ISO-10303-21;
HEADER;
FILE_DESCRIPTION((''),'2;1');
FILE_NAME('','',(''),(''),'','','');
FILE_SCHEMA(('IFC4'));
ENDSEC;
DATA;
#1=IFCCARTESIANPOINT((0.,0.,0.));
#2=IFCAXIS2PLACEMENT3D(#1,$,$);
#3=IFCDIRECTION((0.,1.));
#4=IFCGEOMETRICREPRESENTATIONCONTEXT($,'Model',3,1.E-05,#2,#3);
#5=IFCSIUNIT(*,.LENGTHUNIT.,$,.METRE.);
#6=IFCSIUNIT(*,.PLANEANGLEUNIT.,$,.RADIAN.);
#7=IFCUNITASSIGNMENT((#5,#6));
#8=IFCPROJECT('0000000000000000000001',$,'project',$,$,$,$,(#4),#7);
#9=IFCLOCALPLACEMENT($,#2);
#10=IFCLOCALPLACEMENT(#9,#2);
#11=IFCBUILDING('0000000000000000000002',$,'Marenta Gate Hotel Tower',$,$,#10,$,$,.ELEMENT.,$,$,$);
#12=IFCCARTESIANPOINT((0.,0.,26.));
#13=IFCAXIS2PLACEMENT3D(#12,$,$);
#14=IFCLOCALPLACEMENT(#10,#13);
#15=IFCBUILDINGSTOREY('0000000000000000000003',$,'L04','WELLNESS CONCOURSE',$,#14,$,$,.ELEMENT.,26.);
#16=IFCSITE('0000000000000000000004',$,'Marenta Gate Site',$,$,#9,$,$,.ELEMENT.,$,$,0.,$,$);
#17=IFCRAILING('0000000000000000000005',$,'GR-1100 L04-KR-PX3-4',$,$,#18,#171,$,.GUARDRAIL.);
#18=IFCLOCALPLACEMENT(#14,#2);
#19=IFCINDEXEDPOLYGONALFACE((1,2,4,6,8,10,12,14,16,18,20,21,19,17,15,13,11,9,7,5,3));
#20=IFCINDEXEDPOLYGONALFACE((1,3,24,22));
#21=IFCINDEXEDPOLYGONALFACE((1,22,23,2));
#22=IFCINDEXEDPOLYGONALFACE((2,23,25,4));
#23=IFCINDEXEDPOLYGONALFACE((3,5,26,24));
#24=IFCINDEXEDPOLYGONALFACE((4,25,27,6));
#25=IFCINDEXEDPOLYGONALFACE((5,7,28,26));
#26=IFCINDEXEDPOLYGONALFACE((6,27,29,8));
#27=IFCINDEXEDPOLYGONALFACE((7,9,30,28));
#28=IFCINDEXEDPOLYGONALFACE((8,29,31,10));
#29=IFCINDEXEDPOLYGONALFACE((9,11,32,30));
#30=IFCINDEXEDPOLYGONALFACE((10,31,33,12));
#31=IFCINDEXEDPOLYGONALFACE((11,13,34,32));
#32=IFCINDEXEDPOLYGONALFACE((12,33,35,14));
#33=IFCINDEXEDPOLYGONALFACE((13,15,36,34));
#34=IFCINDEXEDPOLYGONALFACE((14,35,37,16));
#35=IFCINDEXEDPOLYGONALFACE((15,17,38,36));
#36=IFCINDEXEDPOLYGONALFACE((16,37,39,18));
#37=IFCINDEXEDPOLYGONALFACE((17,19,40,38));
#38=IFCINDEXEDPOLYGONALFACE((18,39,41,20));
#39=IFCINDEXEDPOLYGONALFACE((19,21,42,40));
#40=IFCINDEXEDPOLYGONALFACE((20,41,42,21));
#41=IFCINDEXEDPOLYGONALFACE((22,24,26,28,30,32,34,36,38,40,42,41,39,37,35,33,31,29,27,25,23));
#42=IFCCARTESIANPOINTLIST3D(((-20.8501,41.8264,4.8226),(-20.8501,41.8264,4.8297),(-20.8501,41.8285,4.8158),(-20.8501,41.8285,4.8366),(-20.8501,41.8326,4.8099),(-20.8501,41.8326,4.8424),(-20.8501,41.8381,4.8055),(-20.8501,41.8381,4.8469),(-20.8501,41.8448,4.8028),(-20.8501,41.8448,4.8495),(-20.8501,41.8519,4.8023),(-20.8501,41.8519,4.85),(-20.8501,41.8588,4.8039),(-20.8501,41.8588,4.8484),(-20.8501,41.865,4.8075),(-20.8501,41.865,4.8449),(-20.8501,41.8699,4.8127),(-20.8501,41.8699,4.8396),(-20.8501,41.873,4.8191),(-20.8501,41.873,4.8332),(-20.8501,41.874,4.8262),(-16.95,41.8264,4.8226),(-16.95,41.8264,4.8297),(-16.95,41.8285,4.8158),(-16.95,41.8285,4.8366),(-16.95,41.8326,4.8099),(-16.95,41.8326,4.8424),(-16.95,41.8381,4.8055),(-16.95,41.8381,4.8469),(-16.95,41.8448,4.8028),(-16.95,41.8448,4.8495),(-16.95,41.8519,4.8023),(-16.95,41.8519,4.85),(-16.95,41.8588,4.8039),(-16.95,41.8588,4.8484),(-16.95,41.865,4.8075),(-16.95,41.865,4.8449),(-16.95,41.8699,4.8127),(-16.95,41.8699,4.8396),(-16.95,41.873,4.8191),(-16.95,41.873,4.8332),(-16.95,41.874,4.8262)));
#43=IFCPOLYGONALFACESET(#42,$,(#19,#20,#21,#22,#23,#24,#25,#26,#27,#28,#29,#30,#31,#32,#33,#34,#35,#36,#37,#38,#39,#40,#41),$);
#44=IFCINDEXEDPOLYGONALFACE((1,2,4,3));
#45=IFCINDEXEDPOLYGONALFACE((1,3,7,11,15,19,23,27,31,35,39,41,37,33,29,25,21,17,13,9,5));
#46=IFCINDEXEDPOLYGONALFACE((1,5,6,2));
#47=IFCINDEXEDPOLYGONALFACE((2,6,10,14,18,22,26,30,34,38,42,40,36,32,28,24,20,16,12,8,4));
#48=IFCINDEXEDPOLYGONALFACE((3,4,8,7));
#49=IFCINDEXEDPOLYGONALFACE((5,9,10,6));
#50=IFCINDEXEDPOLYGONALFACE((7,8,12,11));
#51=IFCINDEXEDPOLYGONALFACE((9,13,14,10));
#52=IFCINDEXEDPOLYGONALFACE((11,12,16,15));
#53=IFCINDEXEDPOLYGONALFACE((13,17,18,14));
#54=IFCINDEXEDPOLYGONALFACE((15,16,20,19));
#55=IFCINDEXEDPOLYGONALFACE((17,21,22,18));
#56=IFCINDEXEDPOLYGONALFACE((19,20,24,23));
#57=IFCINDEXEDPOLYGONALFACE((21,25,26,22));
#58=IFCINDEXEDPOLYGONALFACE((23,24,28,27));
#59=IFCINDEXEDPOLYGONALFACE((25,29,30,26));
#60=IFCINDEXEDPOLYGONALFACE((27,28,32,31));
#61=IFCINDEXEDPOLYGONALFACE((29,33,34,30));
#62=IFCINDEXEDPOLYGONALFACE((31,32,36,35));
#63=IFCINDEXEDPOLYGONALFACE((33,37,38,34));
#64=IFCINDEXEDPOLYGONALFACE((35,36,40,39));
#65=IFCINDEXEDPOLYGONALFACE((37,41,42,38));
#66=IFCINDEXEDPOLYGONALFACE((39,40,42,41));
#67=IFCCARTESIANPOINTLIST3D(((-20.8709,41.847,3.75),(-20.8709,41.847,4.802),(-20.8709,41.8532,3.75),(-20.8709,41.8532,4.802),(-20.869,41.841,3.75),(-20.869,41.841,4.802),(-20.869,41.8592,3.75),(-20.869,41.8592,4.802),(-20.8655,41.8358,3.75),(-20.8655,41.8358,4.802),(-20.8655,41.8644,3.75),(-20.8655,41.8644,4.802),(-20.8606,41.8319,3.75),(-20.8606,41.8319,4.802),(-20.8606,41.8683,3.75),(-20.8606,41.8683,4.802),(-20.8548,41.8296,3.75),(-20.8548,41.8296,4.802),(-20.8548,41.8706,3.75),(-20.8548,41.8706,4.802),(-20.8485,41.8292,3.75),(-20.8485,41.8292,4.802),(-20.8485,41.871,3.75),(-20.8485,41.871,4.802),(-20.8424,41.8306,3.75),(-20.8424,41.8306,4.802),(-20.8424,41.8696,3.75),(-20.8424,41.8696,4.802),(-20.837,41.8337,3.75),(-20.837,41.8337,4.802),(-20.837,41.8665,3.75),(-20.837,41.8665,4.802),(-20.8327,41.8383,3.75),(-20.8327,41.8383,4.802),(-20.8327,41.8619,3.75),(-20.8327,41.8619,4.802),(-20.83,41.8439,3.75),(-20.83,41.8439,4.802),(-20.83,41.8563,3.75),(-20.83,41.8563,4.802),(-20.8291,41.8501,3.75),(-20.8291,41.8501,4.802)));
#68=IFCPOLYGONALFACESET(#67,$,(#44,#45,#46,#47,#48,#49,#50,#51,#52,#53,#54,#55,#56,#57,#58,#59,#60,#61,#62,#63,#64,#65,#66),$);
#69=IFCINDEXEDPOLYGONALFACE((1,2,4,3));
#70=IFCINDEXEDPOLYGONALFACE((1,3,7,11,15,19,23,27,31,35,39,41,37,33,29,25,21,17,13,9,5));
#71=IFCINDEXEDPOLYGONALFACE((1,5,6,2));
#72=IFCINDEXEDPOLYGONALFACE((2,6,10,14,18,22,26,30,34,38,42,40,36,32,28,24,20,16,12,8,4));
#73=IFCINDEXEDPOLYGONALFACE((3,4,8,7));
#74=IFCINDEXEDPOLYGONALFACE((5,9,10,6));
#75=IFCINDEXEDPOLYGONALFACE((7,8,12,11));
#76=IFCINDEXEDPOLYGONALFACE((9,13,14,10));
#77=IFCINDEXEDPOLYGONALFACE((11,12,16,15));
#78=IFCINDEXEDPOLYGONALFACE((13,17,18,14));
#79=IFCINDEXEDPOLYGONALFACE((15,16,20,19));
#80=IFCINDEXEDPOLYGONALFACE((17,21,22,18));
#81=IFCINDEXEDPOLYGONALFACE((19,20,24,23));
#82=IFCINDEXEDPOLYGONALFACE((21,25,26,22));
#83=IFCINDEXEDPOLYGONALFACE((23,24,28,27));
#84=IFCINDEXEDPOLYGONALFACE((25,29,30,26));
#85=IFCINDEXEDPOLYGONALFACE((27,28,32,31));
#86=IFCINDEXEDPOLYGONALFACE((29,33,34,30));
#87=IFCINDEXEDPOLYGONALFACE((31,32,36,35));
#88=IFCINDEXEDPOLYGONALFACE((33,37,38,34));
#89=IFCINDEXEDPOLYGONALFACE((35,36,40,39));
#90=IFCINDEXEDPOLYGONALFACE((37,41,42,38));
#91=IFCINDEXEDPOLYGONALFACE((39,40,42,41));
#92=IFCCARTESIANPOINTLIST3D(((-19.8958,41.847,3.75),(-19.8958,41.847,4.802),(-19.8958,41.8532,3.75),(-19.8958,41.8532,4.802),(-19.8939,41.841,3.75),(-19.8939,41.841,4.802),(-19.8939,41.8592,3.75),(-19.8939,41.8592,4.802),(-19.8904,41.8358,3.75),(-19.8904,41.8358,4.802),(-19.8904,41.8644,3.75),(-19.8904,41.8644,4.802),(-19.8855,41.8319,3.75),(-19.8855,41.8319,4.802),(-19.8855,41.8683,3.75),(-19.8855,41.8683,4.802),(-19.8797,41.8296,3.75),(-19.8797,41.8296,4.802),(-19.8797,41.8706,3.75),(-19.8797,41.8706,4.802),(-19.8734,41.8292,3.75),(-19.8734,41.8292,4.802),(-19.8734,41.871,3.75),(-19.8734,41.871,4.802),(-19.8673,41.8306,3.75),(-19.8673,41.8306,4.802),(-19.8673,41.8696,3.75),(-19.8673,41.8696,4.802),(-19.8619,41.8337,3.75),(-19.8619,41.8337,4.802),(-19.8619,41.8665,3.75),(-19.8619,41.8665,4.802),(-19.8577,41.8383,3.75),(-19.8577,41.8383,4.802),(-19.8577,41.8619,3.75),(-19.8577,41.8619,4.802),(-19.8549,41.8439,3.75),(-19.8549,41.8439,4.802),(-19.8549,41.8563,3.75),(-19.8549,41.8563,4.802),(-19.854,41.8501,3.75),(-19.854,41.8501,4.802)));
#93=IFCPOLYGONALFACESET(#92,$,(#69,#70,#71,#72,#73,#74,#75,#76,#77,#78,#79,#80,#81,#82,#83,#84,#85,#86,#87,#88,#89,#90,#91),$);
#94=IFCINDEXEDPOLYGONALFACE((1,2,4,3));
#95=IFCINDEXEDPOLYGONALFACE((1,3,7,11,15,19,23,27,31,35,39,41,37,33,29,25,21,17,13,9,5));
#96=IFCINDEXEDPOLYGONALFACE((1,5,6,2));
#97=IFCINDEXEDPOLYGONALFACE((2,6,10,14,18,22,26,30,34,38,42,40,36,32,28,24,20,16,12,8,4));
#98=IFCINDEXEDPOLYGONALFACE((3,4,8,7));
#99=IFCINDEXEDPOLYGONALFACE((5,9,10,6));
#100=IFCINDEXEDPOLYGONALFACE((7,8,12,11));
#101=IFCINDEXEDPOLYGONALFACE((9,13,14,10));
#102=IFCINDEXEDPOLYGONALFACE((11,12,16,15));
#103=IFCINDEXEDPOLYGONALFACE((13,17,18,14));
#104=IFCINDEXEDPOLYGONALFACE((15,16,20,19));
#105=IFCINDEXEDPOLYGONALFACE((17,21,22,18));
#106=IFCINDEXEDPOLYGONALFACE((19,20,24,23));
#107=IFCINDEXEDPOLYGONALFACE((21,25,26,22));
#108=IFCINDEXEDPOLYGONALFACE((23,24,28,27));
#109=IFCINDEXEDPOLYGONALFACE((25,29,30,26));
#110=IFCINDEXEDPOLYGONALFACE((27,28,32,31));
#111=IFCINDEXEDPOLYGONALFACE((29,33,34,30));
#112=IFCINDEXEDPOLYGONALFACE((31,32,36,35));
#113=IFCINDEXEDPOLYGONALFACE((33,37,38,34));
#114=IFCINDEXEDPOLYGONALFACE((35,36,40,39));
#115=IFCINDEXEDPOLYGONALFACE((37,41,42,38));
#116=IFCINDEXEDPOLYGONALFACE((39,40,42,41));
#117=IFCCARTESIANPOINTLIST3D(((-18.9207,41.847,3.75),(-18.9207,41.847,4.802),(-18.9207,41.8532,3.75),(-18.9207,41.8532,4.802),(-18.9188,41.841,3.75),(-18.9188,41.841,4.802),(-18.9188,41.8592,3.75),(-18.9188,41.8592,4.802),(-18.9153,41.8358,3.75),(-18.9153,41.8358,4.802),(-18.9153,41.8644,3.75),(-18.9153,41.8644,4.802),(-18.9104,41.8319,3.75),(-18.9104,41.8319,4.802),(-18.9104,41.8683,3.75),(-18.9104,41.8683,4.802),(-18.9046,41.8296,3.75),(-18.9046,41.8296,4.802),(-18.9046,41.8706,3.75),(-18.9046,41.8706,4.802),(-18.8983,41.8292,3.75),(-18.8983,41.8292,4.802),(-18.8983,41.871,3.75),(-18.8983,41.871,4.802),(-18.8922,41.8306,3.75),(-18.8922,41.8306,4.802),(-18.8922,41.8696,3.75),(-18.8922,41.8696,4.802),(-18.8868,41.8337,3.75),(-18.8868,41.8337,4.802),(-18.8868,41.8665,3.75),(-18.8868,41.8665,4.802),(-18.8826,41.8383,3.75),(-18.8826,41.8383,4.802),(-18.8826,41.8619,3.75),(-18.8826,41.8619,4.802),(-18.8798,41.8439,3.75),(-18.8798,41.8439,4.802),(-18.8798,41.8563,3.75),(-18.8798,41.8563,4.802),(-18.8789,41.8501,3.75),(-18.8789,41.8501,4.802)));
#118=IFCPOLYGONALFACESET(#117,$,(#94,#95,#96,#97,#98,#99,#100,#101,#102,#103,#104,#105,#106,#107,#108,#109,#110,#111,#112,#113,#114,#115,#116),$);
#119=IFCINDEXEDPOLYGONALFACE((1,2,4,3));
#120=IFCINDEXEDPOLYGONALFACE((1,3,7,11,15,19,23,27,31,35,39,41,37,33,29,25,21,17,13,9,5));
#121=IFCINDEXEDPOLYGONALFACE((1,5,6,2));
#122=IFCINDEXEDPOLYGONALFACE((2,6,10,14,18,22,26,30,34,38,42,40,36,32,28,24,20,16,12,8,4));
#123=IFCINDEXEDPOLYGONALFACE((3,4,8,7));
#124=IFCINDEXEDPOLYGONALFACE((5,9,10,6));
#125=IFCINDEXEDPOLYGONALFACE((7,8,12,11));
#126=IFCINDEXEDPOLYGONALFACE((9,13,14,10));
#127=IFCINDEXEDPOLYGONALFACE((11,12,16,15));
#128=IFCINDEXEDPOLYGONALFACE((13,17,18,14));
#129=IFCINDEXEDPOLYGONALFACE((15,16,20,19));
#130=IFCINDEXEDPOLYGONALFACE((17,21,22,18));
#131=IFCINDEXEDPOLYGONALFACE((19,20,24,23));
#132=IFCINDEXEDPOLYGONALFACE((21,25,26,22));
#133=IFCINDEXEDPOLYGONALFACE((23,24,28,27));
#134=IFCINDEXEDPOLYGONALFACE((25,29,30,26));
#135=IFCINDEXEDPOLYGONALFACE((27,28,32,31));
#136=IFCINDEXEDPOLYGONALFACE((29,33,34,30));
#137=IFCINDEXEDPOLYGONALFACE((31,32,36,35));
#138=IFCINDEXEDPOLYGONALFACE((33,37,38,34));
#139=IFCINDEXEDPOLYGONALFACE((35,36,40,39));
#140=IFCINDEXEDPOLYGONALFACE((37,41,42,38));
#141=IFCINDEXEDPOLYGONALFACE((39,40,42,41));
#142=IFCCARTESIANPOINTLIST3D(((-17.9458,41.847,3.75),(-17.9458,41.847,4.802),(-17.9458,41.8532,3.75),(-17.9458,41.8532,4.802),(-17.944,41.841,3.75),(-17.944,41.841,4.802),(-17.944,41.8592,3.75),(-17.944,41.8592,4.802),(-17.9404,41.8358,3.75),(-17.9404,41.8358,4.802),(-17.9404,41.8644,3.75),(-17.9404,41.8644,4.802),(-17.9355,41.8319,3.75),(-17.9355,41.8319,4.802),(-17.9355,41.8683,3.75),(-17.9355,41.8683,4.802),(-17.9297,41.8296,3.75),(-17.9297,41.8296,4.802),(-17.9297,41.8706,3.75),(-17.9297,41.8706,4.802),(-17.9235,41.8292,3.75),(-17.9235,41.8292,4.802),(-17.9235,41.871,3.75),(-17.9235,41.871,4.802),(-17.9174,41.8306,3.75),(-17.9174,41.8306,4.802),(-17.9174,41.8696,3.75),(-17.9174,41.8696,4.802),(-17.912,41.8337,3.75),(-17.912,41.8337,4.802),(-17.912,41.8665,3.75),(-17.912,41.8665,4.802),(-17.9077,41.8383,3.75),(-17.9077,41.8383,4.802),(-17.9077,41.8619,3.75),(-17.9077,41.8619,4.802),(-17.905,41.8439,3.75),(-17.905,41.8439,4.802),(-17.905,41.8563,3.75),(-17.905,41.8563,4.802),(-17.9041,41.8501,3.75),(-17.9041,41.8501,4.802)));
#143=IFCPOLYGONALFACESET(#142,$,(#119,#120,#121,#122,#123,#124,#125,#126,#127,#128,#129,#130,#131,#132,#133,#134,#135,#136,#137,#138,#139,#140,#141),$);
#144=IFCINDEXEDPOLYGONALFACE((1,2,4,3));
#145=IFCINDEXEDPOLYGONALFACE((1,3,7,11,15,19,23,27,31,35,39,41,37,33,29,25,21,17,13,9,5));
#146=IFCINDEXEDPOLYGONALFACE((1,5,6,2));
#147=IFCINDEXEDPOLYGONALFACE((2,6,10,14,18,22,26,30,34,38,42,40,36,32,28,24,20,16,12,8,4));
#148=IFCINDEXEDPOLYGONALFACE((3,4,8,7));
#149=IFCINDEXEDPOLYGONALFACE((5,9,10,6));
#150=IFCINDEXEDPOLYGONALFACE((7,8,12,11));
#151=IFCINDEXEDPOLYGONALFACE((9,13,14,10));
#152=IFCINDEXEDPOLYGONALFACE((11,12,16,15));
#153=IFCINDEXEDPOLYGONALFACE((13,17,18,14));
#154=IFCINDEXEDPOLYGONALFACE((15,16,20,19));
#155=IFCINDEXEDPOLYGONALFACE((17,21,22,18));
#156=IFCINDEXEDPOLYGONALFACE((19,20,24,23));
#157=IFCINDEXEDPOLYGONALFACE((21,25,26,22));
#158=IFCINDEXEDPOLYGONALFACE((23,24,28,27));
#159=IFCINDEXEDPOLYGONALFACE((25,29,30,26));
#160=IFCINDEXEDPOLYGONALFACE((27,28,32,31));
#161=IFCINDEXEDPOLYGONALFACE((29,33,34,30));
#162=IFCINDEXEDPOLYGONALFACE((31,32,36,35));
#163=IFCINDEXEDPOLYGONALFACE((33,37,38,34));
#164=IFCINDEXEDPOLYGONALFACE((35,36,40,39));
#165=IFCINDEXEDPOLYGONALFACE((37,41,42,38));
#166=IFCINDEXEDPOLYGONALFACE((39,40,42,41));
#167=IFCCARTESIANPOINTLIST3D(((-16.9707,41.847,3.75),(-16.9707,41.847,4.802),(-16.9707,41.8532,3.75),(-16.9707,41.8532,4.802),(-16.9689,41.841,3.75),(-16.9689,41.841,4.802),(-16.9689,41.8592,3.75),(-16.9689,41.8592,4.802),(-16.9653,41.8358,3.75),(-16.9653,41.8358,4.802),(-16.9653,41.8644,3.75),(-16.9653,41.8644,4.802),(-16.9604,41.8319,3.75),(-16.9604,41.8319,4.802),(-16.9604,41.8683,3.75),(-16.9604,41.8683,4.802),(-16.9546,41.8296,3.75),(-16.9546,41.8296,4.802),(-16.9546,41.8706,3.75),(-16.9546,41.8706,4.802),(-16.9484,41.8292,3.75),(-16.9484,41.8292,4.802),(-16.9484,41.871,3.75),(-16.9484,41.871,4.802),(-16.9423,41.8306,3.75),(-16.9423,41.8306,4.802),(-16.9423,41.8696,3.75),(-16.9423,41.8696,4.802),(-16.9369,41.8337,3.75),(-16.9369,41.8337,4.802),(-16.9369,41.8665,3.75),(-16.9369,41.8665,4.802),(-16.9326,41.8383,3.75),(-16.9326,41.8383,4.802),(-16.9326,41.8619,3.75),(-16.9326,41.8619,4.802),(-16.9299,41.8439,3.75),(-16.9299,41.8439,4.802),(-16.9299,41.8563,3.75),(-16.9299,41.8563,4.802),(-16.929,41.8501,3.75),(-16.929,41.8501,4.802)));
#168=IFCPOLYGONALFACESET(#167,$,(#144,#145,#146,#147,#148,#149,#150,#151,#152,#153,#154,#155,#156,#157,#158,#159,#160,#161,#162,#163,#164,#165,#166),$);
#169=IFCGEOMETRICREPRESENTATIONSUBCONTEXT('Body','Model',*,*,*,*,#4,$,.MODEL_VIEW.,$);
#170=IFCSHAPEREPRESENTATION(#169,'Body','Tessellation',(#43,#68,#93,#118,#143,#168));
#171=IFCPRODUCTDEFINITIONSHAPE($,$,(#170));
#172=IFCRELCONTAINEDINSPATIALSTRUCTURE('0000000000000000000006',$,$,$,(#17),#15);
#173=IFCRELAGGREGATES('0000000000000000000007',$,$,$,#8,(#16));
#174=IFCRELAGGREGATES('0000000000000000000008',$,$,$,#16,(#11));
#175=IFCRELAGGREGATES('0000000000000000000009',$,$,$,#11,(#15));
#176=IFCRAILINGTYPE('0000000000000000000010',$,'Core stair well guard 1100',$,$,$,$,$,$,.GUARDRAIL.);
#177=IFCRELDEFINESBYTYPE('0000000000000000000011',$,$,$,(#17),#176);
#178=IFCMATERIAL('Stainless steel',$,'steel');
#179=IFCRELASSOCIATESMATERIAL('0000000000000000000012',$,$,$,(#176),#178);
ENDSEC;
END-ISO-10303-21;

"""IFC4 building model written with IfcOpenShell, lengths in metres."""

from ifc_helpers import new_model, si_unit, direction, frame, origin, origin_2d, place, context, subcontext, project, spatial, circle, extrude, material, type_object, element, save


model = new_model("IFC4")

# Units and contexts
model_context = context("Model", 3, precision=1e-05, world=origin(), true_north=direction((0.0, 1.0)))
body_context = subcontext(model_context, "Body", "Model", "MODEL_VIEW")
ifc_project = project(units=[si_unit("LENGTHUNIT", "METRE"), si_unit("PLANEANGLEUNIT", "RADIAN")], contexts=[model_context])

# Site, building, storey
site_placement = place(None, origin())
site = spatial("IfcSite", under=ifc_project, at=site_placement, Name="Marenta Gate Site", CompositionType="ELEMENT", RefElevation=0.0)
building_placement = place(site_placement, origin())
building = spatial("IfcBuilding", under=site, at=building_placement, Name="Marenta Gate Hotel Tower", CompositionType="ELEMENT")
storey_placement = place(building_placement, frame((0.0, 0.0, 26.0)))
storey = spatial("IfcBuildingStorey", under=building, at=storey_placement, Name="L04", Description="WELLNESS CONCOURSE", CompositionType="ELEMENT", Elevation=26.0)

# Railing
ifc_material_1 = material(Name="Stainless steel", Category="steel")
railing_type_1 = type_object("IfcRailingType", Name="Core stair well guard 1100", PredefinedType="GUARDRAIL", material=ifc_material_1)
for number, where, name in (
    (1, (-20.8501, 41.8501, 3.75), "GR-1100 L04-KR-PX3-4"),
):
    element("IfcRailing", number, at=place(storey_placement, frame(where)), inside=storey, type_object=railing_type_1, Name=name, PredefinedType="GUARDRAIL", context=body_context, shape_type="SweptSolid", body=[
        extrude(circle(Radius=0.0239, at=origin_2d()), frame((0.0, 0.0, 1.0762), z_axis=(1.0, 0.0, 0.0), x_axis=(0.0, 1.0, 0.0)), (0.0, 0.0, 1.0), 3.9001),
        extrude(circle(Radius=0.021, at=origin_2d()), origin(), (0.0, 0.0, 1.0), 1.052),
        extrude(circle(Radius=0.021, at=origin_2d()), frame((0.9751, 0.0, 0.0)), (0.0, 0.0, 1.0), 1.052),
        extrude(circle(Radius=0.021, at=origin_2d()), frame((1.9502, 0.0, 0.0)), (0.0, 0.0, 1.0), 1.052),
        extrude(circle(Radius=0.021, at=origin_2d()), frame((2.925, 0.0, 0.0)), (0.0, 0.0, 1.0), 1.052),
        extrude(circle(Radius=0.021, at=origin_2d()), frame((3.9001, 0.0, 0.0)), (0.0, 0.0, 1.0), 1.052),
    ])

save(model, "model.ifc")
